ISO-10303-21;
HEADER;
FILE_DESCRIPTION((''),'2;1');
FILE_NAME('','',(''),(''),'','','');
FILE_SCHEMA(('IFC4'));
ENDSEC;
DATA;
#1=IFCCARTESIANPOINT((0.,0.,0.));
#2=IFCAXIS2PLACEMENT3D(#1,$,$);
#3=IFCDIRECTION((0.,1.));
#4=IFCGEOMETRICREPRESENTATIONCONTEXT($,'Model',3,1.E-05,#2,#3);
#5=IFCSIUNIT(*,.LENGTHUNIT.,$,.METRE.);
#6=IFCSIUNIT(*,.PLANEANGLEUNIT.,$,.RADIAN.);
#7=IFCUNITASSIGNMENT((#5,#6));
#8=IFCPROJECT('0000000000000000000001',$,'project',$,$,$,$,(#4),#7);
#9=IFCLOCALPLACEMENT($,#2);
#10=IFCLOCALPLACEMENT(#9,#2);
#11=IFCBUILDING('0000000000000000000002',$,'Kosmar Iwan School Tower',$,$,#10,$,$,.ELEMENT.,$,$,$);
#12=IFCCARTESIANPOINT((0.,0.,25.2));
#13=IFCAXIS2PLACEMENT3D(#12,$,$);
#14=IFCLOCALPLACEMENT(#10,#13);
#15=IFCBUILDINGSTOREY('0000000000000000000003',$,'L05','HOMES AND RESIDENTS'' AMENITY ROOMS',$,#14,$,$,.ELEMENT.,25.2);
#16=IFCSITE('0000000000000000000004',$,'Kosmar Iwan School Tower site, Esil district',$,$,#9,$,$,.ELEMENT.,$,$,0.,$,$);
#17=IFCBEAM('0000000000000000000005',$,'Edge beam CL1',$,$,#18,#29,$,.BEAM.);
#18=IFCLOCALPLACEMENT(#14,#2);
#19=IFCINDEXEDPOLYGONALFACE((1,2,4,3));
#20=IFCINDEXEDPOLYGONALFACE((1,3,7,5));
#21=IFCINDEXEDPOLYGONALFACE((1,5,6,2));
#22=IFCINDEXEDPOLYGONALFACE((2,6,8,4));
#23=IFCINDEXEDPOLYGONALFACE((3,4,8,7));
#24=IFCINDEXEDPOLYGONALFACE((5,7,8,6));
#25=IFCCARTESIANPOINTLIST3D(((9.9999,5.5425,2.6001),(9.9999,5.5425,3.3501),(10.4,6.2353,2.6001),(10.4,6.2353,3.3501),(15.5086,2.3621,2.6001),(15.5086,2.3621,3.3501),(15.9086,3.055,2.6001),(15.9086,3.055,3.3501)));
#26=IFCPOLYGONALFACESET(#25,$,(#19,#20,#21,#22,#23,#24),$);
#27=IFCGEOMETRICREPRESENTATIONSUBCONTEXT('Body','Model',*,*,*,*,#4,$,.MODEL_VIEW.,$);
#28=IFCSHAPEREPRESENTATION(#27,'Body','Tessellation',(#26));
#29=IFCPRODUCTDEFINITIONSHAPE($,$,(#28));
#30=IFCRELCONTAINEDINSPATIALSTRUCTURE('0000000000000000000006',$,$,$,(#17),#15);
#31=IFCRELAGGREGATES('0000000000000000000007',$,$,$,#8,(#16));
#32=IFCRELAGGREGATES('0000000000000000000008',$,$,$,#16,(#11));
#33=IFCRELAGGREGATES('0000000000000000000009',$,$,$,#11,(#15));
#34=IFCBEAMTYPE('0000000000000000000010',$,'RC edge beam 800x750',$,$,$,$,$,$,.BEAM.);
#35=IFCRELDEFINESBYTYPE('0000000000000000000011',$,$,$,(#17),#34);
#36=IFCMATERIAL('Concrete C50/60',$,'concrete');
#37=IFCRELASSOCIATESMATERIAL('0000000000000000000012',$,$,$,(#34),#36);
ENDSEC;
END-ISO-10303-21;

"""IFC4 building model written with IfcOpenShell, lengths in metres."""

from ifc_helpers import new_model, si_unit, direction, frame, origin, origin_2d, place, context, subcontext, project, spatial, rectangle, extrude, material, material_profile, profile_set, type_object, element, save


model = new_model("IFC4")

# Units and contexts
model_context = context("Model", 3, precision=1e-05, world=origin(), true_north=direction((0.0, 1.0)))
body_context = subcontext(model_context, "Body", "Model", "MODEL_VIEW")
ifc_project = project(units=[si_unit("LENGTHUNIT", "METRE"), si_unit("PLANEANGLEUNIT", "RADIAN")], contexts=[model_context])

# Site, building, storey
site_placement = place(None, origin())
site = spatial("IfcSite", under=ifc_project, at=site_placement, Name="Kosmar Iwan School Tower site, Esil district", CompositionType="ELEMENT", RefElevation=0.0)
building_placement = place(site_placement, origin())
building = spatial("IfcBuilding", under=site, at=building_placement, Name="Kosmar Iwan School Tower", CompositionType="ELEMENT")
storey_placement = place(building_placement, frame((0.0, 0.0, 25.2)))
storey = spatial("IfcBuildingStorey", under=building, at=storey_placement, Name="L05", Description="HOMES AND RESIDENTS' AMENITY ROOMS", CompositionType="ELEMENT", Elevation=25.2)

# Beam
ifc_material_1 = material(Name="Concrete C50/60", Category="concrete")
ifc_material_profile = material_profile(ifc_material_1, rectangle(XDim=0.8, YDim=0.75, at=origin_2d()), Name="RC 800x750")
ifc_profile_set = profile_set([ifc_material_profile], Name="Concrete C50/60")
beam_type = type_object("IfcBeamType", Name="RC edge beam 800x750", PredefinedType="BEAM", material=ifc_profile_set)
beam_placement = place(storey_placement, frame((10.2, 5.8889, 2.9751), z_axis=(0.866031, -0.49999, 0.0), x_axis=(0.49999, 0.866031, 0.0)))
element("IfcBeam", 1, at=beam_placement, inside=storey, type_object=beam_type, Name="Edge beam CL1", PredefinedType="BEAM", context=body_context, shape_type="SweptSolid", body=[
    extrude(rectangle(XDim=0.8, YDim=0.75, at=origin_2d()), origin(), (0.0, 0.0, 1.0), 6.3608),
])

save(model, "model.ifc")
